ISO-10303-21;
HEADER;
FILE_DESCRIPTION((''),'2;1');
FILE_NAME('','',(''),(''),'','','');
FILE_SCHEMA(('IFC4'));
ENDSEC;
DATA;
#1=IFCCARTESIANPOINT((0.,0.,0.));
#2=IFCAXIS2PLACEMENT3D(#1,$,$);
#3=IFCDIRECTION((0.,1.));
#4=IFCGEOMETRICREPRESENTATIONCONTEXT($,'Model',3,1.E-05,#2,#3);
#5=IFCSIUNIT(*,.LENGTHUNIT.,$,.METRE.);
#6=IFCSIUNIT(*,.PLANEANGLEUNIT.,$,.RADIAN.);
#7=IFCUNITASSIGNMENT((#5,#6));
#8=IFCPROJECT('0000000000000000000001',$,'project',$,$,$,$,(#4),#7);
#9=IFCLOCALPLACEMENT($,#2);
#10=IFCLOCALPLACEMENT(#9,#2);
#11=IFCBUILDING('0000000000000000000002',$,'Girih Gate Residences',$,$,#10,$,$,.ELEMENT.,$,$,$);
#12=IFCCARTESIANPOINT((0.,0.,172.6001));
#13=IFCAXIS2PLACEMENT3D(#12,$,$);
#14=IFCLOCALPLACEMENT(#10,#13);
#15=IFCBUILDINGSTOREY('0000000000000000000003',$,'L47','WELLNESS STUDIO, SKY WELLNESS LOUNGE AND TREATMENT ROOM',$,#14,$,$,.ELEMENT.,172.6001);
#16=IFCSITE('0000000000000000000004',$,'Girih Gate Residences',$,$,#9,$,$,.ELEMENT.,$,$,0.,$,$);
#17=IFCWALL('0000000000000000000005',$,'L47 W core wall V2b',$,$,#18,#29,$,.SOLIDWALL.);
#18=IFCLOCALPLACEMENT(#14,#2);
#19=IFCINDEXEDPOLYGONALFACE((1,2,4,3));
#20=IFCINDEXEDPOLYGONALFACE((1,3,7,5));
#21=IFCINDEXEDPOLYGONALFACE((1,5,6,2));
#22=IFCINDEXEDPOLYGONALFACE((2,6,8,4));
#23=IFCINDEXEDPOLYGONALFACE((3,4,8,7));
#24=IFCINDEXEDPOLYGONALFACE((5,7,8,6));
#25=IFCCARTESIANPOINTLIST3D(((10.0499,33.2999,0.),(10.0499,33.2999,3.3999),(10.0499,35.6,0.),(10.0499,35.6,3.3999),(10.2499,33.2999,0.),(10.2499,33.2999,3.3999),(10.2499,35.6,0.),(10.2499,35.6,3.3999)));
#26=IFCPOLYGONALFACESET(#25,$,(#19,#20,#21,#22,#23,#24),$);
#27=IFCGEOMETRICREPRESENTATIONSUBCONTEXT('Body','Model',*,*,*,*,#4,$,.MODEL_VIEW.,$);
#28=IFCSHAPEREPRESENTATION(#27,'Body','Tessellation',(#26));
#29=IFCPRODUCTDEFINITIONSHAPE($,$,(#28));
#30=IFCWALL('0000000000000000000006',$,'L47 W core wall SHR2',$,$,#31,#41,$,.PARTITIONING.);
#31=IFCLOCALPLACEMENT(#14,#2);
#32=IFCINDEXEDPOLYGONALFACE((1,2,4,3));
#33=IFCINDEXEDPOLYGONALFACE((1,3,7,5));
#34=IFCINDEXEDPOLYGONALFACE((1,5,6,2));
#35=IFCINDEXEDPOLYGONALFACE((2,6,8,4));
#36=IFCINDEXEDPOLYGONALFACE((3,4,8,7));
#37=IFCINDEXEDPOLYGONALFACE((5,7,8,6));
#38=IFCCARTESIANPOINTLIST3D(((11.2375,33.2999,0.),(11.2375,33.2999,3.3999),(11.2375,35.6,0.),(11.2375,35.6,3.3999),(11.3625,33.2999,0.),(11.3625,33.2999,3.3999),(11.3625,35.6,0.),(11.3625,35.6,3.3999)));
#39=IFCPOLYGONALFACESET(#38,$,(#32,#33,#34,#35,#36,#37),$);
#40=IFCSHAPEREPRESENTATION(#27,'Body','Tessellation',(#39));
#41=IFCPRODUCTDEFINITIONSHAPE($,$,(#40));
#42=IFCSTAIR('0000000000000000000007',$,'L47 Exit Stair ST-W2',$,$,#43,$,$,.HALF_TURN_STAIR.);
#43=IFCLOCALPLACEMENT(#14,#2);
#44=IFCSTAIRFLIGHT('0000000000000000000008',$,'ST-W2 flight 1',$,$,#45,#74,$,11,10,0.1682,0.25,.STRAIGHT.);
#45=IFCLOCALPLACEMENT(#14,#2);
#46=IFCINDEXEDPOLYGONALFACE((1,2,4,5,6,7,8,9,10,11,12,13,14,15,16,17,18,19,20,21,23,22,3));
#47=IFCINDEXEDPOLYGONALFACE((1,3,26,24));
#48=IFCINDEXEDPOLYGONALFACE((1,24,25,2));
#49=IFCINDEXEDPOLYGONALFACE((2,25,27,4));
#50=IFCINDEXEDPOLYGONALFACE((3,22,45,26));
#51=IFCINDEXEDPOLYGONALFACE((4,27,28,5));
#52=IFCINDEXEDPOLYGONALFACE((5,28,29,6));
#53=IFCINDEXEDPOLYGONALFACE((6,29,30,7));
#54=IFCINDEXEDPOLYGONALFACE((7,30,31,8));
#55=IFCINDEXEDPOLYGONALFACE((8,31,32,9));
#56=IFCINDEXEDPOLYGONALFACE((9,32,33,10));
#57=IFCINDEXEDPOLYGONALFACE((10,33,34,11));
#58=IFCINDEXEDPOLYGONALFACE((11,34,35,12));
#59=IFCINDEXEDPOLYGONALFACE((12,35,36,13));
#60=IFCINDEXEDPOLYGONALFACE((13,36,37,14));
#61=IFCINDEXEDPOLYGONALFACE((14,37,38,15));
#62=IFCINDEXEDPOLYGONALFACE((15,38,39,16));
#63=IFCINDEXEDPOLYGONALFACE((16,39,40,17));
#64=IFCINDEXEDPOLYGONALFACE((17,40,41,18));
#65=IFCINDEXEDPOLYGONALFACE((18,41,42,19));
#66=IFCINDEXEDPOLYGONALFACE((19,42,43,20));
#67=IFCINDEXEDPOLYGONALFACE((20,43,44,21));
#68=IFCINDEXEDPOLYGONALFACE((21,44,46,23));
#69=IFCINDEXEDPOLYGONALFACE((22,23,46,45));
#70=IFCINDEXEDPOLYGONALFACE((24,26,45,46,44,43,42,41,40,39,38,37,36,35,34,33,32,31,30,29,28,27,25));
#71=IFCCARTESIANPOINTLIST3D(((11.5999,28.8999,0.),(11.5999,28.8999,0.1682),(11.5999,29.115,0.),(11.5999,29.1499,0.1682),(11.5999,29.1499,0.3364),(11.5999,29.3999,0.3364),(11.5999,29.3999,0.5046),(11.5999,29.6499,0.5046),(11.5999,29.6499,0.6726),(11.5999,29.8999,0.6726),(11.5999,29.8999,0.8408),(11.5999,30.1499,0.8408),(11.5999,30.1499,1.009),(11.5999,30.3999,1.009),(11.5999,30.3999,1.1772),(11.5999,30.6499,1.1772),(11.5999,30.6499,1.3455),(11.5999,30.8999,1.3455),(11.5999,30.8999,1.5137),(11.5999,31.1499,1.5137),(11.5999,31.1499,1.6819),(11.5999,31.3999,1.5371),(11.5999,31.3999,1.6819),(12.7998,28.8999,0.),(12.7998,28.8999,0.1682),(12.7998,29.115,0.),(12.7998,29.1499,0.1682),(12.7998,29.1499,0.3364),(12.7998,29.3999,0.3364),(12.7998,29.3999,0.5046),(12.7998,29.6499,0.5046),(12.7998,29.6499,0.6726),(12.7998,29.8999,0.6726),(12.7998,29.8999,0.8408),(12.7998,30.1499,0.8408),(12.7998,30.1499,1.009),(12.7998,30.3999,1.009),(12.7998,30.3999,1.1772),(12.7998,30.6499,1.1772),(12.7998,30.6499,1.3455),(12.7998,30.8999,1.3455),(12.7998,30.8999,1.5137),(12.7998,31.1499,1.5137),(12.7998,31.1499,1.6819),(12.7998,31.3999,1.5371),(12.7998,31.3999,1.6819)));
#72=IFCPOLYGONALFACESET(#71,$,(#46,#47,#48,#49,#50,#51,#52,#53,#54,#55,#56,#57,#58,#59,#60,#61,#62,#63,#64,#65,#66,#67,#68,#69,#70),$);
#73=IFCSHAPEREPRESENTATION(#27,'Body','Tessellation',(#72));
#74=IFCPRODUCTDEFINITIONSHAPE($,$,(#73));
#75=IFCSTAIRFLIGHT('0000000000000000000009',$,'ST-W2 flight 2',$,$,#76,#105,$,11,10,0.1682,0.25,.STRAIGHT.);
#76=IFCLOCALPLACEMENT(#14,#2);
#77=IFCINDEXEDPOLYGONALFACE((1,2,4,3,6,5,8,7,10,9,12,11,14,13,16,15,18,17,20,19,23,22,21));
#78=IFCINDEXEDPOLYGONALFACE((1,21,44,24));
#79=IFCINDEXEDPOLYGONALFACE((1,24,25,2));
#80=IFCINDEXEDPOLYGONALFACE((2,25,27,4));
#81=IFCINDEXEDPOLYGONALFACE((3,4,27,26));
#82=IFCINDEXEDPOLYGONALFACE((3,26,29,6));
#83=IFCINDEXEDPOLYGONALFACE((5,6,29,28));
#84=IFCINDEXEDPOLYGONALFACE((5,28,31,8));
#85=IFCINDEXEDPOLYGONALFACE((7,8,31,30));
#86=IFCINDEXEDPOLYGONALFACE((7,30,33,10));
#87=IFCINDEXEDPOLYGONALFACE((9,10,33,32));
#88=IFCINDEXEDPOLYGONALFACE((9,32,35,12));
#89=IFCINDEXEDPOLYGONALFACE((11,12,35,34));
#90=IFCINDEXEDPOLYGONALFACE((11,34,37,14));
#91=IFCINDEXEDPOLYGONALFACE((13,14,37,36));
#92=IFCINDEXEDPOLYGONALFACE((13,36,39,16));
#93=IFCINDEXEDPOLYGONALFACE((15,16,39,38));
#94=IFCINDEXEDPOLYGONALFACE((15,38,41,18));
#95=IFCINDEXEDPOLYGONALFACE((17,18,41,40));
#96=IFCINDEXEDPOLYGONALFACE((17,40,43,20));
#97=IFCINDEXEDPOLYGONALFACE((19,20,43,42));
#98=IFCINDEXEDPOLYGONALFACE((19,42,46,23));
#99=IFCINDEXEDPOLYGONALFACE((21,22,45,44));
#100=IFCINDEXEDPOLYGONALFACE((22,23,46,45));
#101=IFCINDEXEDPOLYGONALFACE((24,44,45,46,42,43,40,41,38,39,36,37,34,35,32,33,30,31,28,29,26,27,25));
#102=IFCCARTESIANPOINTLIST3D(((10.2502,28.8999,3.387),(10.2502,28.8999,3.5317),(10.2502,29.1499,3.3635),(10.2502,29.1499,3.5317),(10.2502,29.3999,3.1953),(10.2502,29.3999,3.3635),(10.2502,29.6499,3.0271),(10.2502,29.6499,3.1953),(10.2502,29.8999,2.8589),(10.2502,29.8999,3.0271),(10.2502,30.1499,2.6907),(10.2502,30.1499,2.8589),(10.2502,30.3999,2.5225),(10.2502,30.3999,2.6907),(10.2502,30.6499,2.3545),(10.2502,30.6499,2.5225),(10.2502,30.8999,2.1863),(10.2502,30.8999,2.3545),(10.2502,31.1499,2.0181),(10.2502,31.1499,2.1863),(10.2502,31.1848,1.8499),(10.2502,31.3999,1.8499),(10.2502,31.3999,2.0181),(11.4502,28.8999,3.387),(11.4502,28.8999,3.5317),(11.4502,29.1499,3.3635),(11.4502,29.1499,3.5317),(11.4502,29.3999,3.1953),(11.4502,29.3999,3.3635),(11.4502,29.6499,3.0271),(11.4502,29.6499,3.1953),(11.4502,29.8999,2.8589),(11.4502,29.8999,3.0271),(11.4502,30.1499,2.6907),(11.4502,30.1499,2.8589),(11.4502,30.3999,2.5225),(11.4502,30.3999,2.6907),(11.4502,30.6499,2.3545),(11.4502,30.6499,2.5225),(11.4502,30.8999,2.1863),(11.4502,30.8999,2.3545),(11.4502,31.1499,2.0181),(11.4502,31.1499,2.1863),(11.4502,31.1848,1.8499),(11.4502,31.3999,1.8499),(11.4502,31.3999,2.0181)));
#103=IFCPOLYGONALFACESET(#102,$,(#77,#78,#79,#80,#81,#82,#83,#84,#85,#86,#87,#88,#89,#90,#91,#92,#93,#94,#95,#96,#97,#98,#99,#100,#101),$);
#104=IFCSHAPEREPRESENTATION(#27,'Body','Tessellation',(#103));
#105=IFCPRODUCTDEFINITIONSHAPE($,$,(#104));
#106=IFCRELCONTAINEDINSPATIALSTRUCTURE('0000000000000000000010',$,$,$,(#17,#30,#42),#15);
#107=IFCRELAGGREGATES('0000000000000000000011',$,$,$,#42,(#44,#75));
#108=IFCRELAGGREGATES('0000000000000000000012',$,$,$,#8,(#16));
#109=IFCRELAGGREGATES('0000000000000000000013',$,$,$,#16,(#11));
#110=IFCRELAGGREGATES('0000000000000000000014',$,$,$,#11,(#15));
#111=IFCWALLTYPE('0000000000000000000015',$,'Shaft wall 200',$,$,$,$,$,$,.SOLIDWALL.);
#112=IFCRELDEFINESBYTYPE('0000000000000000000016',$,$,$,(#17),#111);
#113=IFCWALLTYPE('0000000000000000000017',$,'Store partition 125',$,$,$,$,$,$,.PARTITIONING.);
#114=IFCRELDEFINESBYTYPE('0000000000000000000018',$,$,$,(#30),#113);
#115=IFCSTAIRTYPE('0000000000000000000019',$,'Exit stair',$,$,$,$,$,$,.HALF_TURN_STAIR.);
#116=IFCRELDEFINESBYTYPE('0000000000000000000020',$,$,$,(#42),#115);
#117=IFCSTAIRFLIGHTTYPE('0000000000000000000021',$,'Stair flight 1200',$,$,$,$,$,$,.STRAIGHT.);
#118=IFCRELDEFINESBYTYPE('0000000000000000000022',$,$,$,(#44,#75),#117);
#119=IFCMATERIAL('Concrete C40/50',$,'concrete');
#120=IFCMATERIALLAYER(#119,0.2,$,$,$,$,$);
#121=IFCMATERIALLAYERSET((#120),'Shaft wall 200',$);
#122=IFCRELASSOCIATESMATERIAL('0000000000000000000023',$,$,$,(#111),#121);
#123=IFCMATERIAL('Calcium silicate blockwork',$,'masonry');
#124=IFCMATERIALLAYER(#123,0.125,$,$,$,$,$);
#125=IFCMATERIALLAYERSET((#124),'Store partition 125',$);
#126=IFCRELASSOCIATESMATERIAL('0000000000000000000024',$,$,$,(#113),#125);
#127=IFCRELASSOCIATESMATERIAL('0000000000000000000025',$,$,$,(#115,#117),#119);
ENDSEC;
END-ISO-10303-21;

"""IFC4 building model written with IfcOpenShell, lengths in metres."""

from ifc_helpers import new_model, si_unit, direction, frame, frame_2d, origin, place, context, subcontext, project, spatial, polyline, rectangle, outline, extrude, material, layer, layer_set, type_object, element, aggregate, save


model = new_model("IFC4")

# Units and contexts
model_context = context("Model", 3, precision=1e-05, world=origin(), true_north=direction((0.0, 1.0)))
body_context = subcontext(model_context, "Body", "Model", "MODEL_VIEW")
ifc_project = project(units=[si_unit("LENGTHUNIT", "METRE"), si_unit("PLANEANGLEUNIT", "RADIAN")], contexts=[model_context])

# Site, building, storey
site_placement = place(None, origin())
site = spatial("IfcSite", under=ifc_project, at=site_placement, Name="Girih Gate Residences", CompositionType="ELEMENT", RefElevation=0.0)
building_placement = place(site_placement, origin())
building = spatial("IfcBuilding", under=site, at=building_placement, Name="Girih Gate Residences", CompositionType="ELEMENT")
storey_placement = place(building_placement, frame((0.0, 0.0, 172.6001)))
storey = spatial("IfcBuildingStorey", under=building, at=storey_placement, Name="L47", Description="WELLNESS STUDIO, SKY WELLNESS LOUNGE AND TREATMENT ROOM", CompositionType="ELEMENT", Elevation=172.6001)

# Shared definitions
ifc_material_1 = material(Name="Concrete C40/50", Category="concrete")
ifc_layer_1 = layer(ifc_material_1, 0.2)
ifc_layer_set_1 = layer_set([ifc_layer_1], Name="Shaft wall 200")
wall_type_1 = type_object("IfcWallType", Name="Shaft wall 200", PredefinedType="SOLIDWALL", material=ifc_layer_set_1)

# Walls
wall_1_placement = place(storey_placement, frame((10.1499, 33.3, 0.0), z_axis=(0.0, 0.0, 1.0), x_axis=(0.0, 1.0, 0.0)))
element("IfcWall", 1, at=wall_1_placement, inside=storey, type_object=wall_type_1, Name="L47 W core wall V2b", PredefinedType="SOLIDWALL", context=body_context, shape_type="SweptSolid", body=[
    extrude(rectangle(XDim=2.3, YDim=0.2, at=frame_2d((1.1499, 0.0))), origin(), (0.0, 0.0, 1.0), 3.3999),
])
ifc_material_2 = material(Name="Calcium silicate blockwork", Category="masonry")
ifc_layer_2 = layer(ifc_material_2, 0.125)
ifc_layer_set_2 = layer_set([ifc_layer_2], Name="Store partition 125")
wall_type_2 = type_object("IfcWallType", Name="Store partition 125", PredefinedType="PARTITIONING", material=ifc_layer_set_2)
wall_2_placement = place(storey_placement, frame((11.3, 33.3, 0.0), z_axis=(0.0, 0.0, 1.0), x_axis=(0.0, 1.0, 0.0)))
element("IfcWall", 2, at=wall_2_placement, inside=storey, type_object=wall_type_2, Name="L47 W core wall SHR2", PredefinedType="PARTITIONING", context=body_context, shape_type="SweptSolid", body=[
    extrude(rectangle(XDim=2.3, YDim=0.125, at=frame_2d((1.1499, 0.0))), origin(), (0.0, 0.0, 1.0), 3.3999),
])

# Stair, stair flights
stair_type = type_object("IfcStairType", Name="Exit stair", PredefinedType="HALF_TURN_STAIR", material=ifc_material_1)
stair_placement = place(storey_placement, origin())
stair = element("IfcStair", 3, at=stair_placement, inside=storey, type_object=stair_type, Name="L47 Exit Stair ST-W2", PredefinedType="HALF_TURN_STAIR")
stair_flight_type = type_object("IfcStairFlightType", Name="Stair flight 1200", PredefinedType="STRAIGHT", material=ifc_material_1)
stair_flight_1_placement = place(storey_placement, frame((12.2, 28.8999, 0.0), z_axis=(0.0, 0.0, 1.0), x_axis=(0.0, 1.0, 0.0)))
stair_flight_1 = element("IfcStairFlight", 4, at=stair_flight_1_placement, type_object=stair_flight_type, Name="ST-W2 flight 1", NumberOfRisers=11, NumberOfTreads=10, PredefinedType="STRAIGHT", RiserHeight=0.1682, TreadLength=0.25, context=body_context, shape_type="SweptSolid", body=[
    extrude(outline(polyline([(0.0, 0.0), (0.0, 0.1682), (0.25, 0.1682), (0.25, 0.3364), (0.5, 0.3364), (0.5, 0.5046), (0.75, 0.5046), (0.75, 0.6726), (1.0, 0.6726), (1.0, 0.8408), (1.25, 0.8408), (1.25, 1.009), (1.5, 1.009), (1.5, 1.1772), (1.75, 1.1772), (1.75, 1.3455), (2.0, 1.3455), (2.0, 1.5137), (2.25, 1.5137), (2.25, 1.6819), (2.5, 1.6819), (2.5, 1.8501), (2.5, 1.5371), (0.2151, 0.0), (0.0, 0.0)])), frame((0.0, 0.6001, 0.0), z_axis=(0.0, -1.0, 0.0), x_axis=(1.0, 0.0, 0.0)), (0.0, 0.0, 1.0), 1.2),
])
stair_flight_2_placement = place(storey_placement, frame((10.8501, 31.3999, 1.8499), z_axis=(0.0, 0.0, 1.0), x_axis=(0.0, -1.0, 0.0)))
stair_flight_2 = element("IfcStairFlight", 5, at=stair_flight_2_placement, type_object=stair_flight_type, Name="ST-W2 flight 2", NumberOfRisers=11, NumberOfTreads=10, PredefinedType="STRAIGHT", RiserHeight=0.1682, TreadLength=0.25, context=body_context, shape_type="SweptSolid", body=[
    extrude(outline(polyline([(0.0, 0.0), (0.0, 0.1682), (0.25, 0.1682), (0.25, 0.3364), (0.5, 0.3364), (0.5, 0.5046), (0.75, 0.5046), (0.75, 0.6726), (1.0, 0.6726), (1.0, 0.8408), (1.25, 0.8408), (1.25, 1.009), (1.5, 1.009), (1.5, 1.1772), (1.75, 1.1772), (1.75, 1.3455), (2.0, 1.3455), (2.0, 1.5137), (2.25, 1.5137), (2.25, 1.6819), (2.5, 1.6819), (2.5, 1.8501), (2.5, 1.5371), (0.2151, 0.0), (0.0, 0.0)])), frame((0.0, 0.6001, 0.0), z_axis=(0.0, -1.0, 0.0), x_axis=(1.0, 0.0, 0.0)), (0.0, 0.0, 1.0), 1.2),
])
aggregate(stair, [stair_flight_1, stair_flight_2])

save(model, "model.ifc")
